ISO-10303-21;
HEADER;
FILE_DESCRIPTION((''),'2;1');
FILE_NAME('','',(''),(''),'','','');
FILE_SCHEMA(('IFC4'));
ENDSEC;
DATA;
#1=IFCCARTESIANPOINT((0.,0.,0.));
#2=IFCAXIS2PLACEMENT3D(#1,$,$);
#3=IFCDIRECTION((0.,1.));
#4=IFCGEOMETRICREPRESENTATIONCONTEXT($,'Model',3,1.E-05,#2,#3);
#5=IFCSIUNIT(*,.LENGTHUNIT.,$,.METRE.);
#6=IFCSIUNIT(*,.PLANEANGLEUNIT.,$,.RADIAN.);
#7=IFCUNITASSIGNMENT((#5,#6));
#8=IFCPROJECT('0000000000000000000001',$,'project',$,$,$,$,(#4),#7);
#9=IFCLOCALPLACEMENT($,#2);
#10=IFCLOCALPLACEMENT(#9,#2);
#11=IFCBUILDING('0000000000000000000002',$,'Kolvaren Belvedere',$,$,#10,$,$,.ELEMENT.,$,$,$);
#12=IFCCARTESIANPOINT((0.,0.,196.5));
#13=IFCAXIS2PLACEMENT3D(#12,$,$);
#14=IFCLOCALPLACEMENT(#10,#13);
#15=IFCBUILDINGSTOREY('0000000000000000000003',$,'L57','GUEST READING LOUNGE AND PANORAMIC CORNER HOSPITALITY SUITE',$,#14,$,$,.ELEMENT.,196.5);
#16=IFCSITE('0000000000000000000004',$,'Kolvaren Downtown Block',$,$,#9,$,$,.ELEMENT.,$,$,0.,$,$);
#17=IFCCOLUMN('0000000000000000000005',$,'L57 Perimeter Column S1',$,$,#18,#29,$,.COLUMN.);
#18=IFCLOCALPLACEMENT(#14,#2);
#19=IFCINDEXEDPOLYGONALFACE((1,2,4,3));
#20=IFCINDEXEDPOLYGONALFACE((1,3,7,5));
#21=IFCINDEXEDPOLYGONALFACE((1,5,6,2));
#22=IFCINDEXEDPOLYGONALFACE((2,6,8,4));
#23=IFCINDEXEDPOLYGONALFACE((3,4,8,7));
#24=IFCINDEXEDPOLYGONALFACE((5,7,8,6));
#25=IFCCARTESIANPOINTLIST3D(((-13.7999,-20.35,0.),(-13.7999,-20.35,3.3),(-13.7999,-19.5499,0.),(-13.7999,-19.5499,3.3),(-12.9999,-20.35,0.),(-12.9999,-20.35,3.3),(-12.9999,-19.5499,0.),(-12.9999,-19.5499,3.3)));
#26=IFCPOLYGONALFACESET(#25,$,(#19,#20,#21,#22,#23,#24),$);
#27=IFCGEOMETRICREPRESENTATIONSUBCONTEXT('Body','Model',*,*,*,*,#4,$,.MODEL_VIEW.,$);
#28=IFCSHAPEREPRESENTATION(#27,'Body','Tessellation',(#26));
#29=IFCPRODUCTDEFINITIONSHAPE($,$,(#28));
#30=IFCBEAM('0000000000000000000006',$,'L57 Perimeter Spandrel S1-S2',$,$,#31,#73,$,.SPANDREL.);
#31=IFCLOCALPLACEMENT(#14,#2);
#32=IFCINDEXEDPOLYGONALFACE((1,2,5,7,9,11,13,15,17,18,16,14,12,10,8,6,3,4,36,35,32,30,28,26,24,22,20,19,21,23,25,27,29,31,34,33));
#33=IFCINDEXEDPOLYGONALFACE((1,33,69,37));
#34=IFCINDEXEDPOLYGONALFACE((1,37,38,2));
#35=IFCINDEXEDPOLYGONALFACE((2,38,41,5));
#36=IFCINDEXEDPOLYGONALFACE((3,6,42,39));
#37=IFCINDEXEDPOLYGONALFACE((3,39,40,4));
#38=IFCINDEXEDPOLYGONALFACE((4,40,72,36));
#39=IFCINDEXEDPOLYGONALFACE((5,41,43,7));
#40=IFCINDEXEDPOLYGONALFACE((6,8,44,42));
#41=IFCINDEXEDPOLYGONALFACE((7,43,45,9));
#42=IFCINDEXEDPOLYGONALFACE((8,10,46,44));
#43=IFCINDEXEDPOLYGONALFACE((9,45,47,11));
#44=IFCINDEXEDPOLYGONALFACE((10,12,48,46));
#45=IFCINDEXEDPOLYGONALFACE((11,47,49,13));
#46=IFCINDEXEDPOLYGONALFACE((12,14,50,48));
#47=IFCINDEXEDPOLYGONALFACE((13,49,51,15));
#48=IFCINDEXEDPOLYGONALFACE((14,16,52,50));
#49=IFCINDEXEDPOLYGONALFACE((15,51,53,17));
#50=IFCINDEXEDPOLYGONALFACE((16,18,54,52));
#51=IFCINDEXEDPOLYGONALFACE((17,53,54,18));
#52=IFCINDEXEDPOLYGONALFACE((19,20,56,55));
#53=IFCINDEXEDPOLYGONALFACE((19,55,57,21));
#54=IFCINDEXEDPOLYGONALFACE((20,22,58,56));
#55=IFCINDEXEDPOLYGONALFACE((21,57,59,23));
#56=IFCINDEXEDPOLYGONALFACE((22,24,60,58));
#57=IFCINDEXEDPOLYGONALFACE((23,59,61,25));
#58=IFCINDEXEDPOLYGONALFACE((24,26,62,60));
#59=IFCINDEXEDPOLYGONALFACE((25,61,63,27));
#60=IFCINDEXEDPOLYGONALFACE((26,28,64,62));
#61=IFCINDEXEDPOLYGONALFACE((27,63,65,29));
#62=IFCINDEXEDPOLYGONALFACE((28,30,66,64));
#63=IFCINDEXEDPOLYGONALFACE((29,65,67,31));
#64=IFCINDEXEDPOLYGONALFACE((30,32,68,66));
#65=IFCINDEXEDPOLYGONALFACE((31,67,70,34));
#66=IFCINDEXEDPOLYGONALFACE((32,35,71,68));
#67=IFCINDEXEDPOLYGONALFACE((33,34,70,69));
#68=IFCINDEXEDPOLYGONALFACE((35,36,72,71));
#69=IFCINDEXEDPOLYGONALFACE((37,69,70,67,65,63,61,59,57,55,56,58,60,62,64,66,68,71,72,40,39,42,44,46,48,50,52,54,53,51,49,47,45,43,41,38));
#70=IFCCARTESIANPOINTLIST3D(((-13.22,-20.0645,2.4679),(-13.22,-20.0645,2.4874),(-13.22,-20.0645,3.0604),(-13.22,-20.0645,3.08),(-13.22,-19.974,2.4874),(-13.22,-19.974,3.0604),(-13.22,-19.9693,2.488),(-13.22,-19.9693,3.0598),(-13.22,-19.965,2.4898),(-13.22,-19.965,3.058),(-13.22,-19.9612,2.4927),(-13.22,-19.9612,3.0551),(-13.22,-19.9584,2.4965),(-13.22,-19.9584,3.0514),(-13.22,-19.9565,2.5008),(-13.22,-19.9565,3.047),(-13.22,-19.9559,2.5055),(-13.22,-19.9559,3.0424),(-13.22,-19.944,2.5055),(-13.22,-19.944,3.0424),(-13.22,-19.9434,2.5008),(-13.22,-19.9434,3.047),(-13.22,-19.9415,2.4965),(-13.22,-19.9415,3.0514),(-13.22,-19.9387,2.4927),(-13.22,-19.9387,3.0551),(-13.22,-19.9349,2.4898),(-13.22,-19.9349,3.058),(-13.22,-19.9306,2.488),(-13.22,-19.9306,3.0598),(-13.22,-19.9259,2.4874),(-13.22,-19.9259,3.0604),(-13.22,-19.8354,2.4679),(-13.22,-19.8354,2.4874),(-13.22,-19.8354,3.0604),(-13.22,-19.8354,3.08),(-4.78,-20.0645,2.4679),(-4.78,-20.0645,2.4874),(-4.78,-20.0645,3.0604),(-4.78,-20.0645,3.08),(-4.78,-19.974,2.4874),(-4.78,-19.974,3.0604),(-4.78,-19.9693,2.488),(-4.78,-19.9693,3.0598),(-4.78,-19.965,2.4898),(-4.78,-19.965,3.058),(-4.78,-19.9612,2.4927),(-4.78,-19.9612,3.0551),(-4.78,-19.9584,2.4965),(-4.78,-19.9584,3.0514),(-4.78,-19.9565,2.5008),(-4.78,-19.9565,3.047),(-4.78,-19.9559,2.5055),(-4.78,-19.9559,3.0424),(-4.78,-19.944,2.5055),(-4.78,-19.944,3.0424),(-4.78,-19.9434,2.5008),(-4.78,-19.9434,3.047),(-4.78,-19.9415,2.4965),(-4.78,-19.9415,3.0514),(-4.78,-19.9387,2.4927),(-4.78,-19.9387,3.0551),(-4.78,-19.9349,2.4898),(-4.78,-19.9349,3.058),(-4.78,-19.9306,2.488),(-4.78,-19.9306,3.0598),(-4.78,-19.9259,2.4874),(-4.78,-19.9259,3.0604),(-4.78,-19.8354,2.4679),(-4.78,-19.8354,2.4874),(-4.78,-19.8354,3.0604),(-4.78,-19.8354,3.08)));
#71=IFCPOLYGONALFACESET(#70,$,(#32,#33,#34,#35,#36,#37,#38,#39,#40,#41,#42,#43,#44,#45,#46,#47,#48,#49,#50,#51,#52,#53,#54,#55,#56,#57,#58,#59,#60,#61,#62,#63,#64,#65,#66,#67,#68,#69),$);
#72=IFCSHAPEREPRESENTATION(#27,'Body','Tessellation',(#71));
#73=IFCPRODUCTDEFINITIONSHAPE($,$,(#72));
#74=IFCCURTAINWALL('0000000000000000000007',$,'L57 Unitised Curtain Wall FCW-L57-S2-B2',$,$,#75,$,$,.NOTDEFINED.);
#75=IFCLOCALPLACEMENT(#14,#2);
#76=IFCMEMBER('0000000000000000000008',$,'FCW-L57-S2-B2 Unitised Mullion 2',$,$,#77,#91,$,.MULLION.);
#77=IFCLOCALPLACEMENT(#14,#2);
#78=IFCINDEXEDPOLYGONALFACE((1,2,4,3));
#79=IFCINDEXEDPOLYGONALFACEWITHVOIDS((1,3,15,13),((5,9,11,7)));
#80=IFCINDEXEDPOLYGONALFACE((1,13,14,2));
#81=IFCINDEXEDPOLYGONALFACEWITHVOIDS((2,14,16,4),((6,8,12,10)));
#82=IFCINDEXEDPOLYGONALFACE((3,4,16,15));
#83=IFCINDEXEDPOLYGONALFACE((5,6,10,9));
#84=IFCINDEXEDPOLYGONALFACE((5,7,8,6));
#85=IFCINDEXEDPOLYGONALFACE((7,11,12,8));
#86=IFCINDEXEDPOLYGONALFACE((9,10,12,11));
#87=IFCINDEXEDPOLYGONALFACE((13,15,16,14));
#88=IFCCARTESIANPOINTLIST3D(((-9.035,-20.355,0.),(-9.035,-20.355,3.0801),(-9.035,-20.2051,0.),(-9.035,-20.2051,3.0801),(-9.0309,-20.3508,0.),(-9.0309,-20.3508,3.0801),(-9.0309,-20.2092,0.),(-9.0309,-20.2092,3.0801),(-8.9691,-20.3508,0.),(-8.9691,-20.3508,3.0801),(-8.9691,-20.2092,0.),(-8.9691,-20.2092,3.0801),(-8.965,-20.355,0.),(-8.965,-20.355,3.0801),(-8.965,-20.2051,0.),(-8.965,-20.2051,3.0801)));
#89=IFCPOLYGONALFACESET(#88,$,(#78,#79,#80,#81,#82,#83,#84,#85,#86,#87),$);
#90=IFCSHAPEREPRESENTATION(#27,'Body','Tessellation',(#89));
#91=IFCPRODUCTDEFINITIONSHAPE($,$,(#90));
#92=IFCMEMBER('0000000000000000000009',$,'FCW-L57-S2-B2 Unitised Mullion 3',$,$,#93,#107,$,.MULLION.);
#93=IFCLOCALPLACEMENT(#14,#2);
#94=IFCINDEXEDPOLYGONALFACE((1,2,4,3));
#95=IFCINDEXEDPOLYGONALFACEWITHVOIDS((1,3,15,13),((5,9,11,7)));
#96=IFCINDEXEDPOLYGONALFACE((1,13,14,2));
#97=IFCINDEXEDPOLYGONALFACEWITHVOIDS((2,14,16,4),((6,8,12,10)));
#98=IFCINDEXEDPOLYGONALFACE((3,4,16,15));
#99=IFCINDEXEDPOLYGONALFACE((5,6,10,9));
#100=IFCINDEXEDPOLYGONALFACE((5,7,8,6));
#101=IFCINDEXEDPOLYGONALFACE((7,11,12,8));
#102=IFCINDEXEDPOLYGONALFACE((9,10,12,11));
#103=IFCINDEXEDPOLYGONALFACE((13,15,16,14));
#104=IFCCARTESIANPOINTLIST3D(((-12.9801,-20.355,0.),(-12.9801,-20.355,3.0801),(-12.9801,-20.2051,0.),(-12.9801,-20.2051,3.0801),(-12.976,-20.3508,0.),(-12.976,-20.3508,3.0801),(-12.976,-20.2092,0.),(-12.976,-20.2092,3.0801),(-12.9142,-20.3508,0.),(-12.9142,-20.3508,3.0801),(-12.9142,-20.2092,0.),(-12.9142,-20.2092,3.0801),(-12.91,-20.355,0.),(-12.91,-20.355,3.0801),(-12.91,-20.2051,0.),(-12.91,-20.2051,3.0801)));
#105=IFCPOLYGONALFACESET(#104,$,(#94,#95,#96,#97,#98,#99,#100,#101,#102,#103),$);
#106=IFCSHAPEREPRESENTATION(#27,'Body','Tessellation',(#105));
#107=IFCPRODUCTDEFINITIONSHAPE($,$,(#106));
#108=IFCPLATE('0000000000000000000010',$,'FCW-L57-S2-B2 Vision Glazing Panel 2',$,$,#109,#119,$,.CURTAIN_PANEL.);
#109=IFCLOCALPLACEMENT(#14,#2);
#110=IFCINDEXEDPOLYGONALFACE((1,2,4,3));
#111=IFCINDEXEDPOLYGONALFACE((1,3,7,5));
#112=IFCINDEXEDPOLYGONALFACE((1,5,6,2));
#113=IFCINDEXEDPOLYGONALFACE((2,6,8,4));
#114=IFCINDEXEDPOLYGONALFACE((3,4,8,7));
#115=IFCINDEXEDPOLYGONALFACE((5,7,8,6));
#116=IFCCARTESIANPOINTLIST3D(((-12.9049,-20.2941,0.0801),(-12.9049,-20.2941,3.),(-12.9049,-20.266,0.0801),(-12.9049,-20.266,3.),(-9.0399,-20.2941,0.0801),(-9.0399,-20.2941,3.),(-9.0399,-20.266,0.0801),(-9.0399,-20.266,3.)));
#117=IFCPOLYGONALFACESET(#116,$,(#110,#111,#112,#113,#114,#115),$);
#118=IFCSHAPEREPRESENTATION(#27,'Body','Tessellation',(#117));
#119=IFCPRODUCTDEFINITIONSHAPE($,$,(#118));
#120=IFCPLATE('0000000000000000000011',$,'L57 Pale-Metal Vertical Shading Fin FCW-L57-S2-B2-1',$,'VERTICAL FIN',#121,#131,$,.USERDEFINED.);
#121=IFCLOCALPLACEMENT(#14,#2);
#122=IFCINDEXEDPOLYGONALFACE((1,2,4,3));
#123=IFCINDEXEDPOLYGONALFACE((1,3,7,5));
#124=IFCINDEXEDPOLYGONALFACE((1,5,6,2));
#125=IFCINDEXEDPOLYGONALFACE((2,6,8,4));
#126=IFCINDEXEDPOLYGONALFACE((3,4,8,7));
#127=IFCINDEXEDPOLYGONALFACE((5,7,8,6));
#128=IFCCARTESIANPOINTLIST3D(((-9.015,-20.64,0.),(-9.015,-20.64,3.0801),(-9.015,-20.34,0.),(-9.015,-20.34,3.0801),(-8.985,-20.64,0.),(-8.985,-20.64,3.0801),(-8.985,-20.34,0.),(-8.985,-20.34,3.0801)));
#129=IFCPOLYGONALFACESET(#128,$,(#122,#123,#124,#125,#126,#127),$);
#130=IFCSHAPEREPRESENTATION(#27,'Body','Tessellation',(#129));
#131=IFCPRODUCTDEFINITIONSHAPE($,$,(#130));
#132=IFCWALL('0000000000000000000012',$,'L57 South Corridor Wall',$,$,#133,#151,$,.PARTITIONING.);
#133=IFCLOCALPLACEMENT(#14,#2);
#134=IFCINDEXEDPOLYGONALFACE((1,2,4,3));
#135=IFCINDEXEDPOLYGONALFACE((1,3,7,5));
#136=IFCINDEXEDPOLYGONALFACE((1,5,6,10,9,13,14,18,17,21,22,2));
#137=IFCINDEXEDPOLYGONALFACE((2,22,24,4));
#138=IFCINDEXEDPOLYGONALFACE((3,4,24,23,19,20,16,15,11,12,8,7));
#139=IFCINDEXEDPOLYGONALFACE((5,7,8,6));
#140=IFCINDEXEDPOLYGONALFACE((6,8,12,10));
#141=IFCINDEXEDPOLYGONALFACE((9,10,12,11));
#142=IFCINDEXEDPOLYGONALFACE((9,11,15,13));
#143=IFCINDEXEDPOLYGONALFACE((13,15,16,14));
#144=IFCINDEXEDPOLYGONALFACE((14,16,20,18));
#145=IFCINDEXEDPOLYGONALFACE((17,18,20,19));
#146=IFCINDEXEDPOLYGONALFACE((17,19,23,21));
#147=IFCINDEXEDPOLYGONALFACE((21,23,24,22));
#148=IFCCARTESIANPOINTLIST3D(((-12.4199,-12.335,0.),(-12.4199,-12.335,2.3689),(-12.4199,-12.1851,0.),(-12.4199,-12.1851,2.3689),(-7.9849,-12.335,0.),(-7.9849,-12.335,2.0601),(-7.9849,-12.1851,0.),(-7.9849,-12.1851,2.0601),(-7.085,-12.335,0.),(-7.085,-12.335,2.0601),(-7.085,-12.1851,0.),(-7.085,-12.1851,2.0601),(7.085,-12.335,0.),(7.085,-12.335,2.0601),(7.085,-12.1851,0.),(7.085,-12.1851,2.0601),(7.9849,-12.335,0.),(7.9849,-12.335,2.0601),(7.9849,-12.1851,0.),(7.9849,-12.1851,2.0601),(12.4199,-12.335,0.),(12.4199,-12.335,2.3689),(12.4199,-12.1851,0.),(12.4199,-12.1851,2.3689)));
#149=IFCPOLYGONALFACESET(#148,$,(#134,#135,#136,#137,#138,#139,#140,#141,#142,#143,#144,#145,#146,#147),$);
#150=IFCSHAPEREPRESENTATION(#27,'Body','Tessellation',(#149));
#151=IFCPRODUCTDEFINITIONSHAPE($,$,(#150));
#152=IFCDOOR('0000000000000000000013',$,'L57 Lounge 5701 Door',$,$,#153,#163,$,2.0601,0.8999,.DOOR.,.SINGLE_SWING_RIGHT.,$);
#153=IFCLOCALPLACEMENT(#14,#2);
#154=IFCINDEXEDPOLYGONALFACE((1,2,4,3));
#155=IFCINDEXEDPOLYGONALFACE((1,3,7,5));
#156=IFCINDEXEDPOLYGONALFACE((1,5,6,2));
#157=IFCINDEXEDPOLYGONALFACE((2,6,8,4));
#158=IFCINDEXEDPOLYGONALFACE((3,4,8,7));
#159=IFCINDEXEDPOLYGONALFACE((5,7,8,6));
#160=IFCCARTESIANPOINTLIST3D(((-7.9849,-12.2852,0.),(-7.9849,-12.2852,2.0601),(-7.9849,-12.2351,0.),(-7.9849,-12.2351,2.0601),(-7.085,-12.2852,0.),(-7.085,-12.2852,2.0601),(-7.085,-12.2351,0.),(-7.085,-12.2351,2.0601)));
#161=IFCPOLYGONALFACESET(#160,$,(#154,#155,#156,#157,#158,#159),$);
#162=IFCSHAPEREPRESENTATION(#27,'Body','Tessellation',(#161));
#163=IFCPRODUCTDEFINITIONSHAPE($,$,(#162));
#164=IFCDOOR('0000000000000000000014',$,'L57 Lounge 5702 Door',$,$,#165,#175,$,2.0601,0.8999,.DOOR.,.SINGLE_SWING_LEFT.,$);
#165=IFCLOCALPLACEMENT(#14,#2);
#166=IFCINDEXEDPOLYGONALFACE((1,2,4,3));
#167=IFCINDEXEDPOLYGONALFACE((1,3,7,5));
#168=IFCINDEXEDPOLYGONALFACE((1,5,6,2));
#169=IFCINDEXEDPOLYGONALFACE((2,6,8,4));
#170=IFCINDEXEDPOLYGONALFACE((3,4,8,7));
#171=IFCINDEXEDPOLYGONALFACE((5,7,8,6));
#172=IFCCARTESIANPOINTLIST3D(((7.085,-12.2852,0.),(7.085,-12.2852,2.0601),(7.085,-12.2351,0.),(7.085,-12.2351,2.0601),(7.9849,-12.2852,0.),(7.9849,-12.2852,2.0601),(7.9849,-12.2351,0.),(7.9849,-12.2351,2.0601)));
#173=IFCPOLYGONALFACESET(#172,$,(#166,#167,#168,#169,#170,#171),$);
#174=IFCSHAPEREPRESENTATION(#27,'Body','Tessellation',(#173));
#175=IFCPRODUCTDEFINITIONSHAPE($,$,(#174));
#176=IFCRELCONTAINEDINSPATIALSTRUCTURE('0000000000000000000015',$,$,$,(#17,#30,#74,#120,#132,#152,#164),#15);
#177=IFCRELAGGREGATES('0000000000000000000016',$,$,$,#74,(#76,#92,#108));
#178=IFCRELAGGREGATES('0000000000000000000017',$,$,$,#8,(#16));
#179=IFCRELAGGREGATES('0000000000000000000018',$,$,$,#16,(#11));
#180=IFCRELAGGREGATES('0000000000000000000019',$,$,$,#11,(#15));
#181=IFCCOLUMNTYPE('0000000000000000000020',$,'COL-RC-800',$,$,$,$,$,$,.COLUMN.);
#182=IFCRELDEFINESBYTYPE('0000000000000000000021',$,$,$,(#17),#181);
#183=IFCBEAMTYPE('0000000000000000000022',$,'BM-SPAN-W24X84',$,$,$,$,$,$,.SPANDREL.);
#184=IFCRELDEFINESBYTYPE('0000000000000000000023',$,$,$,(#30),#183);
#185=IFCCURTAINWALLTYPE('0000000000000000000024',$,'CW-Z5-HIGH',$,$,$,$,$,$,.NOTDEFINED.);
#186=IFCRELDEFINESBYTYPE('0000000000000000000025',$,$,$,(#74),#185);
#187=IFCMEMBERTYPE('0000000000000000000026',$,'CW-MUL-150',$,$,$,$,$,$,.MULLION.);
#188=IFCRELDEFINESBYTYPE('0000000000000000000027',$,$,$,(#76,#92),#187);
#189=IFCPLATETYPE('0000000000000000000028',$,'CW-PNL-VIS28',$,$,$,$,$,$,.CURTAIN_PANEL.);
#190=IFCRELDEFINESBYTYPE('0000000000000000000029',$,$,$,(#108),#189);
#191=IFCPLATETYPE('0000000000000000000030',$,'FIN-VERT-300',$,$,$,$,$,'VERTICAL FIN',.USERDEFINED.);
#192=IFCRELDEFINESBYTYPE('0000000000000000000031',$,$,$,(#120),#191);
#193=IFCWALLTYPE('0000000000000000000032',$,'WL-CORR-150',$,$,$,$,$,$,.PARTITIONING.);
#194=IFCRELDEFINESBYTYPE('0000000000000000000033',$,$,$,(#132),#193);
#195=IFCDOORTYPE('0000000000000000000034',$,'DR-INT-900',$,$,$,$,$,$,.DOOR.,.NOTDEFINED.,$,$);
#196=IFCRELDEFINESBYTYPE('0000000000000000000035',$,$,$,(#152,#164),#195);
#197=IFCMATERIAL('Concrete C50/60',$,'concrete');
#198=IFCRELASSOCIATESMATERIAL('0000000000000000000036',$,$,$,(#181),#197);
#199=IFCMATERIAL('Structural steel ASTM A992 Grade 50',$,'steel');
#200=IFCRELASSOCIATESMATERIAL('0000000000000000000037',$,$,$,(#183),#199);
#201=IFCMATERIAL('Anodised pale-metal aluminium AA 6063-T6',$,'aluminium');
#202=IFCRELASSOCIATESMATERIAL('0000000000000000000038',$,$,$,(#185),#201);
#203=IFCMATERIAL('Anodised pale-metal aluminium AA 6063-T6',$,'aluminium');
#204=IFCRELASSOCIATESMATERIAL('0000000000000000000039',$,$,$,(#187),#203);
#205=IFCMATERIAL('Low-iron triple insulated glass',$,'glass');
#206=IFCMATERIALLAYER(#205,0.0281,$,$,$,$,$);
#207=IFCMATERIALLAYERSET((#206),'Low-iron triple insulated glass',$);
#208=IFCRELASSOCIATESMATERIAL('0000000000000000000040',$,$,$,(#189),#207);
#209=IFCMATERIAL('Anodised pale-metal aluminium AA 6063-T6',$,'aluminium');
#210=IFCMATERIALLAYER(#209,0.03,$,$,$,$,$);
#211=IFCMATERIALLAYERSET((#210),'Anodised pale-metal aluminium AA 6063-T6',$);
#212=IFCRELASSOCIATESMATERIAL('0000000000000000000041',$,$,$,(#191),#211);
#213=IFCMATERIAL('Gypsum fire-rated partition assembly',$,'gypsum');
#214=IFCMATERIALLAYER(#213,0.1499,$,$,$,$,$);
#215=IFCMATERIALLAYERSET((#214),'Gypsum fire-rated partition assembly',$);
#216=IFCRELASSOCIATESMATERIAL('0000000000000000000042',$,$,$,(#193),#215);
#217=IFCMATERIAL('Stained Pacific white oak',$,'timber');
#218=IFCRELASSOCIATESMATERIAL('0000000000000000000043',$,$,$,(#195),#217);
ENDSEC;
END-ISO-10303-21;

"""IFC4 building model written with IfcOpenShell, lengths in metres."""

from ifc_helpers import new_model, si_unit, direction, frame, frame_2d, origin, origin_2d, place, context, subcontext, project, spatial, rectangle, hollow_rectangle, i_section, extrude, material, layer, layer_set, material_profile, profile_set, type_object, element, fill, aggregate, save


model = new_model("IFC4")

# Units and contexts
model_context = context("Model", 3, precision=1e-05, world=origin(), true_north=direction((0.0, 1.0)))
body_context = subcontext(model_context, "Body", "Model", "MODEL_VIEW")
ifc_project = project(units=[si_unit("LENGTHUNIT", "METRE"), si_unit("PLANEANGLEUNIT", "RADIAN")], contexts=[model_context])

# Site, building, storey
site_placement = place(None, origin())
site = spatial("IfcSite", under=ifc_project, at=site_placement, Name="Kolvaren Downtown Block", CompositionType="ELEMENT", RefElevation=0.0)
building_placement = place(site_placement, origin())
building = spatial("IfcBuilding", under=site, at=building_placement, Name="Kolvaren Belvedere", CompositionType="ELEMENT")
storey_placement = place(building_placement, frame((0.0, 0.0, 196.5)))
storey = spatial("IfcBuildingStorey", under=building, at=storey_placement, Name="L57", Description="GUEST READING LOUNGE AND PANORAMIC CORNER HOSPITALITY SUITE", CompositionType="ELEMENT", Elevation=196.5)

# Column
ifc_material_1 = material(Name="Concrete C50/60", Category="concrete")
ifc_material_profile_1 = material_profile(ifc_material_1, rectangle(XDim=0.8, YDim=0.8, at=origin_2d()), Name="RC 800X800")
ifc_profile_set_1 = profile_set([ifc_material_profile_1], Name="Concrete C50/60")
column_type = type_object("IfcColumnType", Name="COL-RC-800", PredefinedType="COLUMN", material=ifc_profile_set_1)
column_placement = place(storey_placement, frame((-13.3999, -19.95, 0.0), z_axis=(0.0, 0.0, 1.0), x_axis=(1.0, 0.0, 0.0)))
element("IfcColumn", 1, at=column_placement, inside=storey, type_object=column_type, Name="L57 Perimeter Column S1", PredefinedType="COLUMN", context=body_context, shape_type="SweptSolid", body=[
    extrude(rectangle(XDim=0.8, YDim=0.8, at=origin_2d()), origin(), (0.0, 0.0, 1.0), 3.3),
])

# Beam
ifc_material_2 = material(Name="Structural steel ASTM A992 Grade 50", Category="steel")
ifc_material_profile_2 = material_profile(ifc_material_2, i_section(OverallWidth=0.229, OverallDepth=0.6121, WebThickness=0.012, FlangeThickness=0.0195, FilletRadius=0.0181, at=origin_2d()), Name="W24X84")
ifc_profile_set_2 = profile_set([ifc_material_profile_2], Name="Structural steel ASTM A992 Grade 50")
beam_type = type_object("IfcBeamType", Name="BM-SPAN-W24X84", PredefinedType="SPANDREL", material=ifc_profile_set_2)
beam_placement = place(storey_placement, frame((-13.22, -19.95, 2.7739), z_axis=(1.0, 0.0, 0.0), x_axis=(0.0, 1.0, 0.0)))
element("IfcBeam", 2, at=beam_placement, inside=storey, type_object=beam_type, Name="L57 Perimeter Spandrel S1-S2", PredefinedType="SPANDREL", context=body_context, shape_type="SweptSolid", body=[
    extrude(i_section(OverallWidth=0.229, OverallDepth=0.6121, WebThickness=0.012, FlangeThickness=0.0195, FilletRadius=0.0181, at=origin_2d()), origin(), (0.0, 0.0, 1.0), 8.4399),
])

# Curtain wall, members, plate
ifc_material_3 = material(Name="Anodised pale-metal aluminium AA 6063-T6", Category="aluminium")
curtain_wall_type = type_object("IfcCurtainWallType", Name="CW-Z5-HIGH", PredefinedType="NOTDEFINED", material=ifc_material_3)
curtain_wall_placement = place(storey_placement, origin())
curtain_wall = element("IfcCurtainWall", 3, at=curtain_wall_placement, inside=storey, type_object=curtain_wall_type, Name="L57 Unitised Curtain Wall FCW-L57-S2-B2", PredefinedType="NOTDEFINED")
ifc_material_4 = material(Name="Anodised pale-metal aluminium AA 6063-T6", Category="aluminium")
ifc_material_profile_3 = material_profile(ifc_material_4, hollow_rectangle(XDim=0.0701, YDim=0.1499, WallThickness=0.0042, at=origin_2d()), Name="ALU-MUL-150X70")
ifc_profile_set_3 = profile_set([ifc_material_profile_3], Name="Anodised pale-metal aluminium AA 6063-T6")
member_type = type_object("IfcMemberType", Name="CW-MUL-150", PredefinedType="MULLION", material=ifc_profile_set_3)
member_1_placement = place(storey_placement, frame((-9.0, -20.28, 0.0), z_axis=(0.0, 0.0, 1.0), x_axis=(1.0, 0.0, 0.0)))
member_1 = element("IfcMember", 4, at=member_1_placement, type_object=member_type, Name="FCW-L57-S2-B2 Unitised Mullion 2", PredefinedType="MULLION", context=body_context, shape_type="SweptSolid", body=[
    extrude(hollow_rectangle(XDim=0.0701, YDim=0.1499, WallThickness=0.0042, at=origin_2d()), origin(), (0.0, 0.0, 1.0), 3.0801),
])
member_2_placement = place(storey_placement, frame((-12.9451, -20.28, 0.0), z_axis=(0.0, 0.0, 1.0), x_axis=(1.0, 0.0, 0.0)))
member_2 = element("IfcMember", 5, at=member_2_placement, type_object=member_type, Name="FCW-L57-S2-B2 Unitised Mullion 3", PredefinedType="MULLION", context=body_context, shape_type="SweptSolid", body=[
    extrude(hollow_rectangle(XDim=0.0701, YDim=0.1499, WallThickness=0.0042, at=origin_2d()), origin(), (0.0, 0.0, 1.0), 3.0801),
])
ifc_material_5 = material(Name="Low-iron triple insulated glass", Category="glass")
ifc_layer_1 = layer(ifc_material_5, 0.0281)
ifc_layer_set_1 = layer_set([ifc_layer_1], Name="Low-iron triple insulated glass")
plate_type_1 = type_object("IfcPlateType", Name="CW-PNL-VIS28", PredefinedType="CURTAIN_PANEL", material=ifc_layer_set_1)
plate_1_placement = place(storey_placement, frame((-10.9724, -20.28, 0.0801), z_axis=(0.0, 0.0, 1.0), x_axis=(-1.0, 0.0, 0.0)))
plate_1 = element("IfcPlate", 6, at=plate_1_placement, type_object=plate_type_1, Name="FCW-L57-S2-B2 Vision Glazing Panel 2", PredefinedType="CURTAIN_PANEL", context=body_context, shape_type="SweptSolid", body=[
    extrude(rectangle(XDim=3.865, YDim=0.0281, at=origin_2d()), origin(), (0.0, 0.0, 1.0), 2.9199),
])
aggregate(curtain_wall, [member_1, member_2, plate_1])

# Plate
ifc_material_6 = material(Name="Anodised pale-metal aluminium AA 6063-T6", Category="aluminium")
ifc_layer_2 = layer(ifc_material_6, 0.03)
ifc_layer_set_2 = layer_set([ifc_layer_2], Name="Anodised pale-metal aluminium AA 6063-T6")
plate_type_2 = type_object("IfcPlateType", Name="FIN-VERT-300", ElementType="VERTICAL FIN", PredefinedType="USERDEFINED", material=ifc_layer_set_2)
plate_2_placement = place(storey_placement, frame((-9.0, -20.49, 0.0), z_axis=(0.0, 0.0, 1.0), x_axis=(0.0, 1.0, 0.0)))
element("IfcPlate", 7, at=plate_2_placement, inside=storey, type_object=plate_type_2, Name="L57 Pale-Metal Vertical Shading Fin FCW-L57-S2-B2-1", ObjectType="VERTICAL FIN", PredefinedType="USERDEFINED", context=body_context, shape_type="SweptSolid", body=[
    extrude(rectangle(XDim=0.3, YDim=0.03, at=origin_2d()), origin(), (0.0, 0.0, 1.0), 3.0801),
])

# Wall, openings, doors
ifc_material_7 = material(Name="Gypsum fire-rated partition assembly", Category="gypsum")
ifc_layer_3 = layer(ifc_material_7, 0.1499)
ifc_layer_set_3 = layer_set([ifc_layer_3], Name="Gypsum fire-rated partition assembly")
wall_type_1 = type_object("IfcWallType", Name="WL-CORR-150", PredefinedType="PARTITIONING", material=ifc_layer_set_3)
wall_1_placement = place(storey_placement, frame((-12.4199, -12.26, 0.0), z_axis=(0.0, 0.0, 1.0), x_axis=(1.0, 0.0, 0.0)))
wall_1 = element("IfcWall", 8, at=wall_1_placement, inside=storey, type_object=wall_type_1, Name="L57 South Corridor Wall", PredefinedType="PARTITIONING", context=body_context, shape_type="SweptSolid", body=[
    extrude(rectangle(XDim=24.8398, YDim=0.1499, at=frame_2d((12.4199, 0.0))), origin(), (0.0, 0.0, 1.0), 2.3689),
])
opening_1_placement = place(wall_1_placement, frame((4.4351, 0.0, 0.0)))
opening_1 = element("IfcOpeningElement", 9, at=opening_1_placement, cuts=wall_1, PredefinedType="OPENING", context=body_context, shape_type="SweptSolid", body=[
    extrude(rectangle(XDim=0.8999, YDim=2.0601, at=frame_2d((0.45, 1.03))), frame((0.0, 0.085, 0.0), z_axis=(0.0, -1.0, 0.0), x_axis=(1.0, 0.0, 0.0)), (0.0, 0.0, 1.0), 0.1699),
])
opening_2_placement = place(wall_1_placement, frame((19.5049, 0.0, 0.0)))
opening_2 = element("IfcOpeningElement", 10, at=opening_2_placement, cuts=wall_1, PredefinedType="OPENING", context=body_context, shape_type="SweptSolid", body=[
    extrude(rectangle(XDim=0.8999, YDim=2.0601, at=frame_2d((0.45, 1.03))), frame((0.0, 0.085, 0.0), z_axis=(0.0, -1.0, 0.0), x_axis=(1.0, 0.0, 0.0)), (0.0, 0.0, 1.0), 0.1699),
])
ifc_material_8 = material(Name="Stained Pacific white oak", Category="timber")
door_type_1 = type_object("IfcDoorType", Name="DR-INT-900", OperationType="NOTDEFINED", PredefinedType="DOOR", material=ifc_material_8)
door_1_placement = place(opening_1_placement, origin())
door_1 = element("IfcDoor", 11, at=door_1_placement, inside=storey, type_object=door_type_1, Name="L57 Lounge 5701 Door", OperationType="SINGLE_SWING_RIGHT", OverallHeight=2.0601, OverallWidth=0.8999, PredefinedType="DOOR", context=body_context, shape_type="SweptSolid", body=[
    extrude(rectangle(XDim=0.8999, YDim=2.0601, at=frame_2d((0.45, 1.03))), frame((0.0, 0.0249, 0.0), z_axis=(0.0, -1.0, 0.0), x_axis=(1.0, 0.0, 0.0)), (0.0, 0.0, 1.0), 0.05),
])
fill(opening_1, door_1)
door_2_placement = place(opening_2_placement, origin())
door_2 = element("IfcDoor", 12, at=door_2_placement, inside=storey, type_object=door_type_1, Name="L57 Lounge 5702 Door", OperationType="SINGLE_SWING_LEFT", OverallHeight=2.0601, OverallWidth=0.8999, PredefinedType="DOOR", context=body_context, shape_type="SweptSolid", body=[
    extrude(rectangle(XDim=0.8999, YDim=2.0601, at=frame_2d((0.45, 1.03))), frame((0.0, 0.0249, 0.0), z_axis=(0.0, -1.0, 0.0), x_axis=(1.0, 0.0, 0.0)), (0.0, 0.0, 1.0), 0.05),
])
fill(opening_2, door_2)

save(model, "model.ifc")
